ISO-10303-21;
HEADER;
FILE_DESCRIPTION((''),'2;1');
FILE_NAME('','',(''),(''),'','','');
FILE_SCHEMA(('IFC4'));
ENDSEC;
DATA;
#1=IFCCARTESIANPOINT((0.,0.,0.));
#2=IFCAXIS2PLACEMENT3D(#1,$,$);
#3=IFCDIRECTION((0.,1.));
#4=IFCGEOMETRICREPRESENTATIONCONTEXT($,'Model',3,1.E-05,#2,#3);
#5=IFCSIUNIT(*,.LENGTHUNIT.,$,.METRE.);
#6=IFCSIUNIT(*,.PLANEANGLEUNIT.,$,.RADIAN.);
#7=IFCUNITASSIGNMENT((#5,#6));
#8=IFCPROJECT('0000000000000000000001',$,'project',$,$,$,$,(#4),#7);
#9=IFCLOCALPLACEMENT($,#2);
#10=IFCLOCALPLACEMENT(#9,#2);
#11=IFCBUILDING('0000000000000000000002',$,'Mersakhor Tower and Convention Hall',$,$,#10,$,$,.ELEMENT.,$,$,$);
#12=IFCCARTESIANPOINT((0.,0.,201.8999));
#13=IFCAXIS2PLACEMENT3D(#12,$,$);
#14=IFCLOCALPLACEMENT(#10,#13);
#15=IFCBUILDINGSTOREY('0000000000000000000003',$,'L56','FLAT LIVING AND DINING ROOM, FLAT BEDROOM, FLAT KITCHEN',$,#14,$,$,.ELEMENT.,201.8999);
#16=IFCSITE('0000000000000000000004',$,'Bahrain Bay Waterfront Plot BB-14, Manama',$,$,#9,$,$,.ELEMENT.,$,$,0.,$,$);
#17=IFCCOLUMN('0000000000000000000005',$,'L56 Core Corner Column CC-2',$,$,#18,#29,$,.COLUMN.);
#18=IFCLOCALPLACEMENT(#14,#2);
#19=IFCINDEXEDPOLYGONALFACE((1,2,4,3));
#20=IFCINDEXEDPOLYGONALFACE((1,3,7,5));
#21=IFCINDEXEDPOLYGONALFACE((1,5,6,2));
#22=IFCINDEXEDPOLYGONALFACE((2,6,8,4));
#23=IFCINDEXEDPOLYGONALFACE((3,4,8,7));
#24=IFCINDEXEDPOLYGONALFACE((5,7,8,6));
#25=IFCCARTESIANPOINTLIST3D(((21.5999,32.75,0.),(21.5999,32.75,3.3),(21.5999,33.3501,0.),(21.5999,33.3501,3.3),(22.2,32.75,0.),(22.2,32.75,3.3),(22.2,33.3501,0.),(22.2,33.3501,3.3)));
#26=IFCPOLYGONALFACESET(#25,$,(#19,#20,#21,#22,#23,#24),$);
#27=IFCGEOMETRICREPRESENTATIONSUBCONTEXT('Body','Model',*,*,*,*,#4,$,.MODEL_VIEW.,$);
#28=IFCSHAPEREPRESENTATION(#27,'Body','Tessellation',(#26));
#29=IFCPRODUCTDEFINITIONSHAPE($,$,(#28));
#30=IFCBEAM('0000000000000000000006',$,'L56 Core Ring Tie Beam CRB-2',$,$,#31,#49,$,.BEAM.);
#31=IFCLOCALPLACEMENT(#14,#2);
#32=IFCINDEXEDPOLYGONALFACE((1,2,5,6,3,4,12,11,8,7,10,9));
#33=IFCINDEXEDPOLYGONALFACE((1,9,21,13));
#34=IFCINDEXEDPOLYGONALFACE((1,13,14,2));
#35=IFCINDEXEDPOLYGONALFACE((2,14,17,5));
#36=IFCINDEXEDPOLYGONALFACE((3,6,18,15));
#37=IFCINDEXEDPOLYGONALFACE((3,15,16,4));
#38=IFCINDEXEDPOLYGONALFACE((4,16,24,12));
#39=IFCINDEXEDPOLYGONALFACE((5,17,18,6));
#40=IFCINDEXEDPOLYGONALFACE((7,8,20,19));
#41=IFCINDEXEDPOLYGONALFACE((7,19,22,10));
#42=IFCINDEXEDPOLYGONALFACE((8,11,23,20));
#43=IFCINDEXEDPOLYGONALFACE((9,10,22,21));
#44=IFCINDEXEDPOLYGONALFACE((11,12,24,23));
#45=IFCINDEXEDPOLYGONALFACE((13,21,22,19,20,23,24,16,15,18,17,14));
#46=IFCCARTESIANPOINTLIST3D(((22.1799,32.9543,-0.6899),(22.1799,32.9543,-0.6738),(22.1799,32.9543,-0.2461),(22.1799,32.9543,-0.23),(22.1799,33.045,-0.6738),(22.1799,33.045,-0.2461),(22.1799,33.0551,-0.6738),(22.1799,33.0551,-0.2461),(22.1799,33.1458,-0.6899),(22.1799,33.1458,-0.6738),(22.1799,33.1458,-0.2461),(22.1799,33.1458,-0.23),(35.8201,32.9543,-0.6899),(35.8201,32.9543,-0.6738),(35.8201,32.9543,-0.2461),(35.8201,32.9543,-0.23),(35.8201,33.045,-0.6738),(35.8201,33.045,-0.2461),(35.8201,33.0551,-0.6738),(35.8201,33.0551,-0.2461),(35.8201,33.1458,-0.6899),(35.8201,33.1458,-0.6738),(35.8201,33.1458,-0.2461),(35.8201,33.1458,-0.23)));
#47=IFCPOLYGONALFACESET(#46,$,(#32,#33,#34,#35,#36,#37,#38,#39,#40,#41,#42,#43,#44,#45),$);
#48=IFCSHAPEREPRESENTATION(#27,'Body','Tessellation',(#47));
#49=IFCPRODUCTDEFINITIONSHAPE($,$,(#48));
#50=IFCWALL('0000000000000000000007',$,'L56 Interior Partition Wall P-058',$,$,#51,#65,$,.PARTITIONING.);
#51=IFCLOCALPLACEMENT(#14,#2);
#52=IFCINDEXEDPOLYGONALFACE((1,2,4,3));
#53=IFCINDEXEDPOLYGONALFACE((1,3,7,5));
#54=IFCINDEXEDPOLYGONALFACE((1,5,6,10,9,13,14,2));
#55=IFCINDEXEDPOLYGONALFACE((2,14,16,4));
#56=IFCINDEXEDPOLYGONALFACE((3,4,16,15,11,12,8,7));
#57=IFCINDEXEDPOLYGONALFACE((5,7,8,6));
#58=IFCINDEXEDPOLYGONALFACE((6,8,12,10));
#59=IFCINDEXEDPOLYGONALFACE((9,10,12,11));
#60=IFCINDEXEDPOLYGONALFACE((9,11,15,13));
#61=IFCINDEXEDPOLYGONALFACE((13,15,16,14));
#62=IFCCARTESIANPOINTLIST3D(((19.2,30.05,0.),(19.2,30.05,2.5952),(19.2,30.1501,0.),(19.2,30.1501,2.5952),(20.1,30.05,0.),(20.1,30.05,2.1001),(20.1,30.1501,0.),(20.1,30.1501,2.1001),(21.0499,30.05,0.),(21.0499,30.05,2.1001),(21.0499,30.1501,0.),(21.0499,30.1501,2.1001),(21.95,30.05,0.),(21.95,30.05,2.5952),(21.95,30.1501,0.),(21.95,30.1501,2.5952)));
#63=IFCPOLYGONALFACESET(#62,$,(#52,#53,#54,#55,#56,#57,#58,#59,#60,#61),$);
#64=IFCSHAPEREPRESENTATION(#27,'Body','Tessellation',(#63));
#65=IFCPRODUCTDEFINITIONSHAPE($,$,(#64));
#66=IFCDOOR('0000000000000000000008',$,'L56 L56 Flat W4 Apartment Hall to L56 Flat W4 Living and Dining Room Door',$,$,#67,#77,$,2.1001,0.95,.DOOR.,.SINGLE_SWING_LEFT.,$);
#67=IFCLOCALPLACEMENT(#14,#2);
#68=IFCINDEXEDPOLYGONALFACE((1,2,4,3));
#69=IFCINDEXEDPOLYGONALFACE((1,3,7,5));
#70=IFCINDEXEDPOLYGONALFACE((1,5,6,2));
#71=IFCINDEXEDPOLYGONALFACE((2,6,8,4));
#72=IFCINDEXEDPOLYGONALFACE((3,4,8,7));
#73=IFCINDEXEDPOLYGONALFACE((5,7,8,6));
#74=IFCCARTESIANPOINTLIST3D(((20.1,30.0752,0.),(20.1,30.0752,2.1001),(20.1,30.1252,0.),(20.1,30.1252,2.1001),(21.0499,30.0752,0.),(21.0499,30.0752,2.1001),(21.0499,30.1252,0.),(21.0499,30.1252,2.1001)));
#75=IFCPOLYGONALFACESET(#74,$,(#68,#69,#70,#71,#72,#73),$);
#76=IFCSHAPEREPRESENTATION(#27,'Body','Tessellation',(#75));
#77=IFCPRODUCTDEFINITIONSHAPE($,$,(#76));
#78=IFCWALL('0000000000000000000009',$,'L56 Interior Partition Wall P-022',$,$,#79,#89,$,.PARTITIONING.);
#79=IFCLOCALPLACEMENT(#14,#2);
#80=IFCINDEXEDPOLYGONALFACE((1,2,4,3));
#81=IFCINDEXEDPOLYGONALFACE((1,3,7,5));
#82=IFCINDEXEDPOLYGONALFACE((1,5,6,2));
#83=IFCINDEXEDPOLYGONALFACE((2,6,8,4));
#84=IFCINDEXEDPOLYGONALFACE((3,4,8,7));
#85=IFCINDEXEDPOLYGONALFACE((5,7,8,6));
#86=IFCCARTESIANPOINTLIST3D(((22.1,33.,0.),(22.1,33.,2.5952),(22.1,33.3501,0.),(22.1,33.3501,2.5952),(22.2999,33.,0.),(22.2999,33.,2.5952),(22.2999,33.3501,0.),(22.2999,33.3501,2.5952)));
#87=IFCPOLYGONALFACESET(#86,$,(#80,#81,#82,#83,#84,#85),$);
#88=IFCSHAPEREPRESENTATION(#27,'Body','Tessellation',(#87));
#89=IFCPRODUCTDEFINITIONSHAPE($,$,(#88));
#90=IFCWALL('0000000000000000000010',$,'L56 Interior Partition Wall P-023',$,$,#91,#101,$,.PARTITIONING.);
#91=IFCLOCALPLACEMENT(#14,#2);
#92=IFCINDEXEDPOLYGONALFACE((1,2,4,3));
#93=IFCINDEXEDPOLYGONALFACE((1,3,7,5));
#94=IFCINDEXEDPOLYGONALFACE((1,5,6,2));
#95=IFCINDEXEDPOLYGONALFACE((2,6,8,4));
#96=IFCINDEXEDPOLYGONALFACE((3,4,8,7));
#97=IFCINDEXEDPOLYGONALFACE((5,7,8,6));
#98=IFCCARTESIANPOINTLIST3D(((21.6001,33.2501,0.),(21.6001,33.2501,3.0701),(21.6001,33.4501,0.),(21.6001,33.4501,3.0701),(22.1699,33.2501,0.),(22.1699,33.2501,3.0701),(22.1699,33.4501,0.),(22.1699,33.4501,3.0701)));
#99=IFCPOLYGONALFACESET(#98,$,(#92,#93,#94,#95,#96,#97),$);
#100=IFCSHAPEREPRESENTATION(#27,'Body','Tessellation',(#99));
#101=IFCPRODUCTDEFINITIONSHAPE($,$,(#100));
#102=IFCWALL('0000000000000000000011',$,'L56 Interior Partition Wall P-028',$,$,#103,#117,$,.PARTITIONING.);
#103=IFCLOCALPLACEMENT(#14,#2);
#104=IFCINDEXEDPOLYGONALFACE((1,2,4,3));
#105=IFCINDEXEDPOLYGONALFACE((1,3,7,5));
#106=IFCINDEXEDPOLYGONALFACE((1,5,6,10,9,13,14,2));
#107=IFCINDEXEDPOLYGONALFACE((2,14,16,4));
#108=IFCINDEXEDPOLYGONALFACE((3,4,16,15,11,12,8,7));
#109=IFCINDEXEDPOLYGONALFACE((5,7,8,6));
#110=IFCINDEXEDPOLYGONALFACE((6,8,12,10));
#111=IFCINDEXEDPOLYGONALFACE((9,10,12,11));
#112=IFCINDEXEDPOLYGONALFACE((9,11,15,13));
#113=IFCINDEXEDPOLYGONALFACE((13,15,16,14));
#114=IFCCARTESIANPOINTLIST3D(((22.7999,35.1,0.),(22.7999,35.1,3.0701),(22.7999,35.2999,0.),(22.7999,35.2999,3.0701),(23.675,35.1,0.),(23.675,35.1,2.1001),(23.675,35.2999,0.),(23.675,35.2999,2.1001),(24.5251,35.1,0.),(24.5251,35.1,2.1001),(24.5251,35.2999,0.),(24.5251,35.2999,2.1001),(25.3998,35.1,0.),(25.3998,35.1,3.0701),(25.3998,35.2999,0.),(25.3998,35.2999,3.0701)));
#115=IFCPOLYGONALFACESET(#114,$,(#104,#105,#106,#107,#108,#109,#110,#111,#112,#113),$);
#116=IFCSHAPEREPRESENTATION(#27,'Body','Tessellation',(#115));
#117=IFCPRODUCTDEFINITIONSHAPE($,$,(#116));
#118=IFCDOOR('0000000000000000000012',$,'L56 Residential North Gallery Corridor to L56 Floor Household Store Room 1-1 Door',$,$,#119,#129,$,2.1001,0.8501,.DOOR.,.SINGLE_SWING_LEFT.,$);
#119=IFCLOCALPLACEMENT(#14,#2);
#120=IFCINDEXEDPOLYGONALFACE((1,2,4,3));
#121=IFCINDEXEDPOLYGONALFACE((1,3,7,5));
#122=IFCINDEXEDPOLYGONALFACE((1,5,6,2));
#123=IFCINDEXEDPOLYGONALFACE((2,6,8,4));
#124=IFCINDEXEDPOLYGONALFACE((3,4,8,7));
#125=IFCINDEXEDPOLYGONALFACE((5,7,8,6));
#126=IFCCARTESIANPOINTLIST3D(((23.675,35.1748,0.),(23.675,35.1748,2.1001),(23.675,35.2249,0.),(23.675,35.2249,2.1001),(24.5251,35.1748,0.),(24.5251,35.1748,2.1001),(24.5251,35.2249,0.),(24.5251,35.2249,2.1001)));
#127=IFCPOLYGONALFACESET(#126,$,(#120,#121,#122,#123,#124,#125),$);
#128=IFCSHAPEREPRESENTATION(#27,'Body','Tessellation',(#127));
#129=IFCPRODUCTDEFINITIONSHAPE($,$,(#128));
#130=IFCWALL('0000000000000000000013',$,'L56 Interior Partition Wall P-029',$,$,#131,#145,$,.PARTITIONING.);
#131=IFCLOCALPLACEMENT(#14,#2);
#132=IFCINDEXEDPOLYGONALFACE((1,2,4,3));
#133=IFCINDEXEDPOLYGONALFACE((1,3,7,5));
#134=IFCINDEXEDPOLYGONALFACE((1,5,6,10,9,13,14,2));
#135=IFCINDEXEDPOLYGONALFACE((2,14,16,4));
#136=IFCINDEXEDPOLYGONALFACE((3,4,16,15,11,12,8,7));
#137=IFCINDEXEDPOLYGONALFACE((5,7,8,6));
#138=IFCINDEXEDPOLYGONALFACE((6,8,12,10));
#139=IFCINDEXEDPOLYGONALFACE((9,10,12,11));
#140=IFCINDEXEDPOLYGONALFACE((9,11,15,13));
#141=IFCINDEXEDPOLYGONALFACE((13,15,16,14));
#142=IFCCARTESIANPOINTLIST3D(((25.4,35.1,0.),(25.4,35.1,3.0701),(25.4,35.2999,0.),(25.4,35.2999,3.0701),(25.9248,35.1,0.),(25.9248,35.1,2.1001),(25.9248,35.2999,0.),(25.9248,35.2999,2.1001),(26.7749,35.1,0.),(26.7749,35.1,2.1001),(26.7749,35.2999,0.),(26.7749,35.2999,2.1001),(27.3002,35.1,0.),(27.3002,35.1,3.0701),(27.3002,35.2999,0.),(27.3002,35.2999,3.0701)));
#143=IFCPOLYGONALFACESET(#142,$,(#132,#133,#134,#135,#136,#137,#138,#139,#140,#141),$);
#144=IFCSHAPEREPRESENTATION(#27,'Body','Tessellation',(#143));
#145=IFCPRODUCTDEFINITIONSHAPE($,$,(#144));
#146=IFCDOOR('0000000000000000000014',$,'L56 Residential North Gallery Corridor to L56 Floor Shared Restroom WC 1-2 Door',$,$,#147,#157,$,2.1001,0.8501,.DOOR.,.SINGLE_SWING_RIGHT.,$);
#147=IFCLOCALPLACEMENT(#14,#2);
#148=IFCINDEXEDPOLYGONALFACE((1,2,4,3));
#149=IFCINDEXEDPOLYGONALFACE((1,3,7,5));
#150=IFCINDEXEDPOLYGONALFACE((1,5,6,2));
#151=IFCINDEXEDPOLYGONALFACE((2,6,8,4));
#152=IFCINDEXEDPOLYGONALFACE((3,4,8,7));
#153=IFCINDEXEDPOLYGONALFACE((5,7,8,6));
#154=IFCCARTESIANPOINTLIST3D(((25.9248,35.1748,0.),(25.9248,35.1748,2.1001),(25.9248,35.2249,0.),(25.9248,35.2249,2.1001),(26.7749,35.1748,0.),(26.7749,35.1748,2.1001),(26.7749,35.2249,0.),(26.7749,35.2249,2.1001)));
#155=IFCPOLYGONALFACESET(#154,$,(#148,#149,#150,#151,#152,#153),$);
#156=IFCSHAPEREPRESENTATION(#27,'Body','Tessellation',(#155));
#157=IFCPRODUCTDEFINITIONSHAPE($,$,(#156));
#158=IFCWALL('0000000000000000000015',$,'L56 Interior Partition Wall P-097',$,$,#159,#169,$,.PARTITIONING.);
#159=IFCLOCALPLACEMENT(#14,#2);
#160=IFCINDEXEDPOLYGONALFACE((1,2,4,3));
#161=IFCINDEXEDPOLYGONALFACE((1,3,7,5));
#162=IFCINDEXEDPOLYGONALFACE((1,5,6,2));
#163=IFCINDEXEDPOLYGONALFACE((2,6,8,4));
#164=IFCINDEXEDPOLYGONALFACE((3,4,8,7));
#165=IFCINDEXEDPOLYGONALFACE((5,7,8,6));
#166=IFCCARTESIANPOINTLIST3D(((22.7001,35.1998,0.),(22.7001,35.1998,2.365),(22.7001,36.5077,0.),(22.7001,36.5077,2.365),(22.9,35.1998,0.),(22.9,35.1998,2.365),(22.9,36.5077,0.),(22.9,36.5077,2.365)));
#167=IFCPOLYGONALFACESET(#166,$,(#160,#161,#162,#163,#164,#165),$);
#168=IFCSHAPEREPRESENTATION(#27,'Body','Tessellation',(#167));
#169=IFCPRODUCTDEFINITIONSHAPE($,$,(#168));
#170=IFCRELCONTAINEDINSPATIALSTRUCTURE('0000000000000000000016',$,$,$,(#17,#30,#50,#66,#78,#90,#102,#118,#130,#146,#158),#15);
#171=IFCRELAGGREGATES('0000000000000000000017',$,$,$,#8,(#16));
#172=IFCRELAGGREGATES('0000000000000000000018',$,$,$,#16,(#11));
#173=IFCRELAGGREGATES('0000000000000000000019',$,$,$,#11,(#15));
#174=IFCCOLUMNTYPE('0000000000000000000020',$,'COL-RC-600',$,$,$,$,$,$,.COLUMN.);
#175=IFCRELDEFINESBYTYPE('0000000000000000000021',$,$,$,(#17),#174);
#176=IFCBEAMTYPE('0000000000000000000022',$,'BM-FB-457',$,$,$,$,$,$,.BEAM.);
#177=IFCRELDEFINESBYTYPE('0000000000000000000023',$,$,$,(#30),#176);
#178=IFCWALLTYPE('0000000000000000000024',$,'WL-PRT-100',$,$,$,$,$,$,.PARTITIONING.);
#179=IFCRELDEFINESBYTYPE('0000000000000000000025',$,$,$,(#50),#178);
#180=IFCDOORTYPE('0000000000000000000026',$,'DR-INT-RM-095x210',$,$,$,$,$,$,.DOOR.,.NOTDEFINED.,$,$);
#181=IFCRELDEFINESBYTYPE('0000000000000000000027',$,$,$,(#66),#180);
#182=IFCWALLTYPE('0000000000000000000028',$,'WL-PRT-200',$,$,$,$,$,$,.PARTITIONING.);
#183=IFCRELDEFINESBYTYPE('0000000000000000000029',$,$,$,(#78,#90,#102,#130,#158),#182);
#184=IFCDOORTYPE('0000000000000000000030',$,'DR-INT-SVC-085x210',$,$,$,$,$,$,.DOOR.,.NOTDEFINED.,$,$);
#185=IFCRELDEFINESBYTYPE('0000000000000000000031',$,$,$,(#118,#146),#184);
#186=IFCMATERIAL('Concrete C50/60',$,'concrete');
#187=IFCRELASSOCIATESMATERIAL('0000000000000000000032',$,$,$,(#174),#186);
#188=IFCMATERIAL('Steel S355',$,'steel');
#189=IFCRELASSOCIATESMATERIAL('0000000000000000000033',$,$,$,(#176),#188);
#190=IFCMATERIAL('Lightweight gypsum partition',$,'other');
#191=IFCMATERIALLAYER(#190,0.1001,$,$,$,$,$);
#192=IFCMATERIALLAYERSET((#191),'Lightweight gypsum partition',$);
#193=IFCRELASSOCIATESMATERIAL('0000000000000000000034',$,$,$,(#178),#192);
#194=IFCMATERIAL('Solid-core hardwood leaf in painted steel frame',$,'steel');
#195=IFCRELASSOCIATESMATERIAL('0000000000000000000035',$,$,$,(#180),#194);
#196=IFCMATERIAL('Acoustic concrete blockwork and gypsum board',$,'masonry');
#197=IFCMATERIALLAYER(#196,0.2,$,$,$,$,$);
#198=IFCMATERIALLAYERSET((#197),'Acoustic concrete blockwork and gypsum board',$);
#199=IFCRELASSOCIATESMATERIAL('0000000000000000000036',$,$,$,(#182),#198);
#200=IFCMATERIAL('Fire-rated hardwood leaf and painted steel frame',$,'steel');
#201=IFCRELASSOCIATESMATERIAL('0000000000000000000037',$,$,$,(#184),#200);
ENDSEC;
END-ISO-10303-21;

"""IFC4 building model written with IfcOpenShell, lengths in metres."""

from ifc_helpers import new_model, si_unit, direction, frame, frame_2d, origin, origin_2d, place, context, subcontext, project, spatial, rectangle, i_section, extrude, material, layer, layer_set, material_profile, profile_set, type_object, element, fill, save


model = new_model("IFC4")

# Units and contexts
model_context = context("Model", 3, precision=1e-05, world=origin(), true_north=direction((0.0, 1.0)))
body_context = subcontext(model_context, "Body", "Model", "MODEL_VIEW")
ifc_project = project(units=[si_unit("LENGTHUNIT", "METRE"), si_unit("PLANEANGLEUNIT", "RADIAN")], contexts=[model_context])

# Site, building, storey
site_placement = place(None, origin())
site = spatial("IfcSite", under=ifc_project, at=site_placement, Name="Bahrain Bay Waterfront Plot BB-14, Manama", CompositionType="ELEMENT", RefElevation=0.0)
building_placement = place(site_placement, origin())
building = spatial("IfcBuilding", under=site, at=building_placement, Name="Mersakhor Tower and Convention Hall", CompositionType="ELEMENT")
storey_placement = place(building_placement, frame((0.0, 0.0, 201.8999)))
storey = spatial("IfcBuildingStorey", under=building, at=storey_placement, Name="L56", Description="FLAT LIVING AND DINING ROOM, FLAT BEDROOM, FLAT KITCHEN", CompositionType="ELEMENT", Elevation=201.8999)

# Column
ifc_material_1 = material(Name="Concrete C50/60", Category="concrete")
ifc_material_profile_1 = material_profile(ifc_material_1, rectangle(XDim=0.6001, YDim=0.6001, at=origin_2d()), Name="RC 600x600")
ifc_profile_set_1 = profile_set([ifc_material_profile_1], Name="Concrete C50/60")
column_type = type_object("IfcColumnType", Name="COL-RC-600", PredefinedType="COLUMN", material=ifc_profile_set_1)
column_placement = place(storey_placement, frame((21.8999, 33.05, 0.0), z_axis=(0.0, 0.0, 1.0), x_axis=(1.0, 0.0, 0.0)))
element("IfcColumn", 1, at=column_placement, inside=storey, type_object=column_type, Name="L56 Core Corner Column CC-2", PredefinedType="COLUMN", context=body_context, shape_type="SweptSolid", body=[
    extrude(rectangle(XDim=0.6001, YDim=0.6001, at=origin_2d()), origin(), (0.0, 0.0, 1.0), 3.3),
])

# Beam
ifc_material_2 = material(Name="Steel S355", Category="steel")
ifc_material_profile_2 = material_profile(ifc_material_2, i_section(OverallWidth=0.1914, OverallDepth=0.46, WebThickness=0.01, FlangeThickness=0.0161, at=origin_2d()), Name="UB 457x191x82")
ifc_profile_set_2 = profile_set([ifc_material_profile_2], Name="Steel S355")
beam_type = type_object("IfcBeamType", Name="BM-FB-457", PredefinedType="BEAM", material=ifc_profile_set_2)
beam_placement = place(storey_placement, frame((22.1799, 33.05, -0.46), z_axis=(1.0, 0.0, 0.0), x_axis=(0.0, 1.0, 0.0)))
element("IfcBeam", 2, at=beam_placement, inside=storey, type_object=beam_type, Name="L56 Core Ring Tie Beam CRB-2", PredefinedType="BEAM", context=body_context, shape_type="SweptSolid", body=[
    extrude(i_section(OverallWidth=0.1914, OverallDepth=0.46, WebThickness=0.01, FlangeThickness=0.0161, at=origin_2d()), origin(), (0.0, 0.0, 1.0), 13.6401),
])

# Wall, opening, door
ifc_material_3 = material(Name="Lightweight gypsum partition", Category="other")
ifc_layer_1 = layer(ifc_material_3, 0.1001)
ifc_layer_set_1 = layer_set([ifc_layer_1], Name="Lightweight gypsum partition")
wall_type_1 = type_object("IfcWallType", Name="WL-PRT-100", PredefinedType="PARTITIONING", material=ifc_layer_set_1)
wall_1_placement = place(storey_placement, frame((21.95, 30.1001, 0.0), z_axis=(0.0, 0.0, 1.0), x_axis=(-1.0, 0.0, 0.0)))
wall_1 = element("IfcWall", 3, at=wall_1_placement, inside=storey, type_object=wall_type_1, Name="L56 Interior Partition Wall P-058", PredefinedType="PARTITIONING", context=body_context, shape_type="SweptSolid", body=[
    extrude(rectangle(XDim=2.75, YDim=0.1001, at=frame_2d((1.375, 0.0))), origin(), (0.0, 0.0, 1.0), 2.5952),
])
opening_1_placement = place(wall_1_placement, frame((0.8999, 0.0, 0.0)))
opening_1 = element("IfcOpeningElement", 4, at=opening_1_placement, cuts=wall_1, PredefinedType="OPENING", context=body_context, shape_type="SweptSolid", body=[
    extrude(rectangle(XDim=0.95, YDim=2.1001, at=frame_2d((0.4751, 1.05))), frame((0.0, 0.0601, 0.0), z_axis=(0.0, -1.0, 0.0), x_axis=(1.0, 0.0, 0.0)), (0.0, 0.0, 1.0), 0.1201),
])
ifc_material_4 = material(Name="Solid-core hardwood leaf in painted steel frame", Category="steel")
door_type_1 = type_object("IfcDoorType", Name="DR-INT-RM-095x210", OperationType="NOTDEFINED", PredefinedType="DOOR", material=ifc_material_4)
door_1_placement = place(opening_1_placement, origin())
door_1 = element("IfcDoor", 5, at=door_1_placement, inside=storey, type_object=door_type_1, Name="L56 L56 Flat W4 Apartment Hall to L56 Flat W4 Living and Dining Room Door", OperationType="SINGLE_SWING_LEFT", OverallHeight=2.1001, OverallWidth=0.95, PredefinedType="DOOR", context=body_context, shape_type="SweptSolid", body=[
    extrude(rectangle(XDim=0.95, YDim=2.1001, at=frame_2d((0.4751, 1.05))), frame((0.0, 0.0249, 0.0), z_axis=(0.0, -1.0, 0.0), x_axis=(1.0, 0.0, 0.0)), (0.0, 0.0, 1.0), 0.05),
])
fill(opening_1, door_1)

# Walls
ifc_material_5 = material(Name="Acoustic concrete blockwork and gypsum board", Category="masonry")
ifc_layer_2 = layer(ifc_material_5, 0.2)
ifc_layer_set_2 = layer_set([ifc_layer_2], Name="Acoustic concrete blockwork and gypsum board")
wall_type_2 = type_object("IfcWallType", Name="WL-PRT-200", PredefinedType="PARTITIONING", material=ifc_layer_set_2)
wall_2_placement = place(storey_placement, frame((22.2, 33.0, 0.0), z_axis=(0.0, 0.0, 1.0), x_axis=(0.0, 1.0, 0.0)))
element("IfcWall", 6, at=wall_2_placement, inside=storey, type_object=wall_type_2, Name="L56 Interior Partition Wall P-022", PredefinedType="PARTITIONING", context=body_context, shape_type="SweptSolid", body=[
    extrude(rectangle(XDim=0.3501, YDim=0.2, at=frame_2d((0.175, 0.0))), origin(), (0.0, 0.0, 1.0), 2.5952),
])
wall_3_placement = place(storey_placement, frame((22.1699, 33.3501, 0.0), z_axis=(0.0, 0.0, 1.0), x_axis=(-1.0, 0.0, 0.0)))
element("IfcWall", 7, at=wall_3_placement, inside=storey, type_object=wall_type_2, Name="L56 Interior Partition Wall P-023", PredefinedType="PARTITIONING", context=body_context, shape_type="SweptSolid", body=[
    extrude(rectangle(XDim=0.5698, YDim=0.2, at=frame_2d((0.2849, 0.0))), origin(), (0.0, 0.0, 1.0), 3.0701),
])

# Walls, openings, doors
wall_4_placement = place(storey_placement, frame((22.8, 35.2, 0.0), z_axis=(0.0, 0.0, 1.0), x_axis=(1.0, 0.0, 0.0)))
wall_4 = element("IfcWall", 8, at=wall_4_placement, inside=storey, type_object=wall_type_2, Name="L56 Interior Partition Wall P-028", PredefinedType="PARTITIONING", context=body_context, shape_type="SweptSolid", body=[
    extrude(rectangle(XDim=2.5999, YDim=0.2, at=frame_2d((1.2998, 0.0))), origin(), (0.0, 0.0, 1.0), 3.0701),
])
opening_2_placement = place(wall_4_placement, frame((0.875, 0.0, 0.0)))
opening_2 = element("IfcOpeningElement", 9, at=opening_2_placement, cuts=wall_4, PredefinedType="OPENING", context=body_context, shape_type="SweptSolid", body=[
    extrude(rectangle(XDim=0.8501, YDim=2.1001, at=frame_2d((0.425, 1.05))), frame((0.0, 0.1099, 0.0), z_axis=(0.0, -1.0, 0.0), x_axis=(1.0, 0.0, 0.0)), (0.0, 0.0, 1.0), 0.22),
])
ifc_material_6 = material(Name="Fire-rated hardwood leaf and painted steel frame", Category="steel")
door_type_2 = type_object("IfcDoorType", Name="DR-INT-SVC-085x210", OperationType="NOTDEFINED", PredefinedType="DOOR", material=ifc_material_6)
door_2_placement = place(opening_2_placement, origin())
door_2 = element("IfcDoor", 10, at=door_2_placement, inside=storey, type_object=door_type_2, Name="L56 Residential North Gallery Corridor to L56 Floor Household Store Room 1-1 Door", OperationType="SINGLE_SWING_LEFT", OverallHeight=2.1001, OverallWidth=0.8501, PredefinedType="DOOR", context=body_context, shape_type="SweptSolid", body=[
    extrude(rectangle(XDim=0.8501, YDim=2.1001, at=frame_2d((0.425, 1.05))), frame((0.0, 0.0249, 0.0), z_axis=(0.0, -1.0, 0.0), x_axis=(1.0, 0.0, 0.0)), (0.0, 0.0, 1.0), 0.05),
])
fill(opening_2, door_2)
wall_5_placement = place(storey_placement, frame((25.3999, 35.2, 0.0), z_axis=(0.0, 0.0, 1.0), x_axis=(1.0, 0.0, 0.0)))
wall_5 = element("IfcWall", 11, at=wall_5_placement, inside=storey, type_object=wall_type_2, Name="L56 Interior Partition Wall P-029", PredefinedType="PARTITIONING", context=body_context, shape_type="SweptSolid", body=[
    extrude(rectangle(XDim=1.9001, YDim=0.2, at=frame_2d((0.9502, 0.0))), origin(), (0.0, 0.0, 1.0), 3.0701),
])
opening_3_placement = place(wall_5_placement, frame((0.5249, 0.0, 0.0)))
opening_3 = element("IfcOpeningElement", 12, at=opening_3_placement, cuts=wall_5, PredefinedType="OPENING", context=body_context, shape_type="SweptSolid", body=[
    extrude(rectangle(XDim=0.8501, YDim=2.1001, at=frame_2d((0.425, 1.05))), frame((0.0, 0.1099, 0.0), z_axis=(0.0, -1.0, 0.0), x_axis=(1.0, 0.0, 0.0)), (0.0, 0.0, 1.0), 0.22),
])
door_3_placement = place(opening_3_placement, origin())
door_3 = element("IfcDoor", 13, at=door_3_placement, inside=storey, type_object=door_type_2, Name="L56 Residential North Gallery Corridor to L56 Floor Shared Restroom WC 1-2 Door", OperationType="SINGLE_SWING_RIGHT", OverallHeight=2.1001, OverallWidth=0.8501, PredefinedType="DOOR", context=body_context, shape_type="SweptSolid", body=[
    extrude(rectangle(XDim=0.8501, YDim=2.1001, at=frame_2d((0.425, 1.05))), frame((0.0, 0.0249, 0.0), z_axis=(0.0, -1.0, 0.0), x_axis=(1.0, 0.0, 0.0)), (0.0, 0.0, 1.0), 0.05),
])
fill(opening_3, door_3)

# Wall
wall_6_placement = place(storey_placement, frame((22.8, 35.2, 0.0), z_axis=(0.0, 0.0, 1.0), x_axis=(0.0, 1.0, 0.0)))
element("IfcWall", 14, at=wall_6_placement, inside=storey, type_object=wall_type_2, Name="L56 Interior Partition Wall P-097", PredefinedType="PARTITIONING", context=body_context, shape_type="SweptSolid", body=[
    extrude(rectangle(XDim=1.3079, YDim=0.2, at=frame_2d((0.6538, 0.0))), origin(), (0.0, 0.0, 1.0), 2.365),
])

save(model, "model.ifc")
